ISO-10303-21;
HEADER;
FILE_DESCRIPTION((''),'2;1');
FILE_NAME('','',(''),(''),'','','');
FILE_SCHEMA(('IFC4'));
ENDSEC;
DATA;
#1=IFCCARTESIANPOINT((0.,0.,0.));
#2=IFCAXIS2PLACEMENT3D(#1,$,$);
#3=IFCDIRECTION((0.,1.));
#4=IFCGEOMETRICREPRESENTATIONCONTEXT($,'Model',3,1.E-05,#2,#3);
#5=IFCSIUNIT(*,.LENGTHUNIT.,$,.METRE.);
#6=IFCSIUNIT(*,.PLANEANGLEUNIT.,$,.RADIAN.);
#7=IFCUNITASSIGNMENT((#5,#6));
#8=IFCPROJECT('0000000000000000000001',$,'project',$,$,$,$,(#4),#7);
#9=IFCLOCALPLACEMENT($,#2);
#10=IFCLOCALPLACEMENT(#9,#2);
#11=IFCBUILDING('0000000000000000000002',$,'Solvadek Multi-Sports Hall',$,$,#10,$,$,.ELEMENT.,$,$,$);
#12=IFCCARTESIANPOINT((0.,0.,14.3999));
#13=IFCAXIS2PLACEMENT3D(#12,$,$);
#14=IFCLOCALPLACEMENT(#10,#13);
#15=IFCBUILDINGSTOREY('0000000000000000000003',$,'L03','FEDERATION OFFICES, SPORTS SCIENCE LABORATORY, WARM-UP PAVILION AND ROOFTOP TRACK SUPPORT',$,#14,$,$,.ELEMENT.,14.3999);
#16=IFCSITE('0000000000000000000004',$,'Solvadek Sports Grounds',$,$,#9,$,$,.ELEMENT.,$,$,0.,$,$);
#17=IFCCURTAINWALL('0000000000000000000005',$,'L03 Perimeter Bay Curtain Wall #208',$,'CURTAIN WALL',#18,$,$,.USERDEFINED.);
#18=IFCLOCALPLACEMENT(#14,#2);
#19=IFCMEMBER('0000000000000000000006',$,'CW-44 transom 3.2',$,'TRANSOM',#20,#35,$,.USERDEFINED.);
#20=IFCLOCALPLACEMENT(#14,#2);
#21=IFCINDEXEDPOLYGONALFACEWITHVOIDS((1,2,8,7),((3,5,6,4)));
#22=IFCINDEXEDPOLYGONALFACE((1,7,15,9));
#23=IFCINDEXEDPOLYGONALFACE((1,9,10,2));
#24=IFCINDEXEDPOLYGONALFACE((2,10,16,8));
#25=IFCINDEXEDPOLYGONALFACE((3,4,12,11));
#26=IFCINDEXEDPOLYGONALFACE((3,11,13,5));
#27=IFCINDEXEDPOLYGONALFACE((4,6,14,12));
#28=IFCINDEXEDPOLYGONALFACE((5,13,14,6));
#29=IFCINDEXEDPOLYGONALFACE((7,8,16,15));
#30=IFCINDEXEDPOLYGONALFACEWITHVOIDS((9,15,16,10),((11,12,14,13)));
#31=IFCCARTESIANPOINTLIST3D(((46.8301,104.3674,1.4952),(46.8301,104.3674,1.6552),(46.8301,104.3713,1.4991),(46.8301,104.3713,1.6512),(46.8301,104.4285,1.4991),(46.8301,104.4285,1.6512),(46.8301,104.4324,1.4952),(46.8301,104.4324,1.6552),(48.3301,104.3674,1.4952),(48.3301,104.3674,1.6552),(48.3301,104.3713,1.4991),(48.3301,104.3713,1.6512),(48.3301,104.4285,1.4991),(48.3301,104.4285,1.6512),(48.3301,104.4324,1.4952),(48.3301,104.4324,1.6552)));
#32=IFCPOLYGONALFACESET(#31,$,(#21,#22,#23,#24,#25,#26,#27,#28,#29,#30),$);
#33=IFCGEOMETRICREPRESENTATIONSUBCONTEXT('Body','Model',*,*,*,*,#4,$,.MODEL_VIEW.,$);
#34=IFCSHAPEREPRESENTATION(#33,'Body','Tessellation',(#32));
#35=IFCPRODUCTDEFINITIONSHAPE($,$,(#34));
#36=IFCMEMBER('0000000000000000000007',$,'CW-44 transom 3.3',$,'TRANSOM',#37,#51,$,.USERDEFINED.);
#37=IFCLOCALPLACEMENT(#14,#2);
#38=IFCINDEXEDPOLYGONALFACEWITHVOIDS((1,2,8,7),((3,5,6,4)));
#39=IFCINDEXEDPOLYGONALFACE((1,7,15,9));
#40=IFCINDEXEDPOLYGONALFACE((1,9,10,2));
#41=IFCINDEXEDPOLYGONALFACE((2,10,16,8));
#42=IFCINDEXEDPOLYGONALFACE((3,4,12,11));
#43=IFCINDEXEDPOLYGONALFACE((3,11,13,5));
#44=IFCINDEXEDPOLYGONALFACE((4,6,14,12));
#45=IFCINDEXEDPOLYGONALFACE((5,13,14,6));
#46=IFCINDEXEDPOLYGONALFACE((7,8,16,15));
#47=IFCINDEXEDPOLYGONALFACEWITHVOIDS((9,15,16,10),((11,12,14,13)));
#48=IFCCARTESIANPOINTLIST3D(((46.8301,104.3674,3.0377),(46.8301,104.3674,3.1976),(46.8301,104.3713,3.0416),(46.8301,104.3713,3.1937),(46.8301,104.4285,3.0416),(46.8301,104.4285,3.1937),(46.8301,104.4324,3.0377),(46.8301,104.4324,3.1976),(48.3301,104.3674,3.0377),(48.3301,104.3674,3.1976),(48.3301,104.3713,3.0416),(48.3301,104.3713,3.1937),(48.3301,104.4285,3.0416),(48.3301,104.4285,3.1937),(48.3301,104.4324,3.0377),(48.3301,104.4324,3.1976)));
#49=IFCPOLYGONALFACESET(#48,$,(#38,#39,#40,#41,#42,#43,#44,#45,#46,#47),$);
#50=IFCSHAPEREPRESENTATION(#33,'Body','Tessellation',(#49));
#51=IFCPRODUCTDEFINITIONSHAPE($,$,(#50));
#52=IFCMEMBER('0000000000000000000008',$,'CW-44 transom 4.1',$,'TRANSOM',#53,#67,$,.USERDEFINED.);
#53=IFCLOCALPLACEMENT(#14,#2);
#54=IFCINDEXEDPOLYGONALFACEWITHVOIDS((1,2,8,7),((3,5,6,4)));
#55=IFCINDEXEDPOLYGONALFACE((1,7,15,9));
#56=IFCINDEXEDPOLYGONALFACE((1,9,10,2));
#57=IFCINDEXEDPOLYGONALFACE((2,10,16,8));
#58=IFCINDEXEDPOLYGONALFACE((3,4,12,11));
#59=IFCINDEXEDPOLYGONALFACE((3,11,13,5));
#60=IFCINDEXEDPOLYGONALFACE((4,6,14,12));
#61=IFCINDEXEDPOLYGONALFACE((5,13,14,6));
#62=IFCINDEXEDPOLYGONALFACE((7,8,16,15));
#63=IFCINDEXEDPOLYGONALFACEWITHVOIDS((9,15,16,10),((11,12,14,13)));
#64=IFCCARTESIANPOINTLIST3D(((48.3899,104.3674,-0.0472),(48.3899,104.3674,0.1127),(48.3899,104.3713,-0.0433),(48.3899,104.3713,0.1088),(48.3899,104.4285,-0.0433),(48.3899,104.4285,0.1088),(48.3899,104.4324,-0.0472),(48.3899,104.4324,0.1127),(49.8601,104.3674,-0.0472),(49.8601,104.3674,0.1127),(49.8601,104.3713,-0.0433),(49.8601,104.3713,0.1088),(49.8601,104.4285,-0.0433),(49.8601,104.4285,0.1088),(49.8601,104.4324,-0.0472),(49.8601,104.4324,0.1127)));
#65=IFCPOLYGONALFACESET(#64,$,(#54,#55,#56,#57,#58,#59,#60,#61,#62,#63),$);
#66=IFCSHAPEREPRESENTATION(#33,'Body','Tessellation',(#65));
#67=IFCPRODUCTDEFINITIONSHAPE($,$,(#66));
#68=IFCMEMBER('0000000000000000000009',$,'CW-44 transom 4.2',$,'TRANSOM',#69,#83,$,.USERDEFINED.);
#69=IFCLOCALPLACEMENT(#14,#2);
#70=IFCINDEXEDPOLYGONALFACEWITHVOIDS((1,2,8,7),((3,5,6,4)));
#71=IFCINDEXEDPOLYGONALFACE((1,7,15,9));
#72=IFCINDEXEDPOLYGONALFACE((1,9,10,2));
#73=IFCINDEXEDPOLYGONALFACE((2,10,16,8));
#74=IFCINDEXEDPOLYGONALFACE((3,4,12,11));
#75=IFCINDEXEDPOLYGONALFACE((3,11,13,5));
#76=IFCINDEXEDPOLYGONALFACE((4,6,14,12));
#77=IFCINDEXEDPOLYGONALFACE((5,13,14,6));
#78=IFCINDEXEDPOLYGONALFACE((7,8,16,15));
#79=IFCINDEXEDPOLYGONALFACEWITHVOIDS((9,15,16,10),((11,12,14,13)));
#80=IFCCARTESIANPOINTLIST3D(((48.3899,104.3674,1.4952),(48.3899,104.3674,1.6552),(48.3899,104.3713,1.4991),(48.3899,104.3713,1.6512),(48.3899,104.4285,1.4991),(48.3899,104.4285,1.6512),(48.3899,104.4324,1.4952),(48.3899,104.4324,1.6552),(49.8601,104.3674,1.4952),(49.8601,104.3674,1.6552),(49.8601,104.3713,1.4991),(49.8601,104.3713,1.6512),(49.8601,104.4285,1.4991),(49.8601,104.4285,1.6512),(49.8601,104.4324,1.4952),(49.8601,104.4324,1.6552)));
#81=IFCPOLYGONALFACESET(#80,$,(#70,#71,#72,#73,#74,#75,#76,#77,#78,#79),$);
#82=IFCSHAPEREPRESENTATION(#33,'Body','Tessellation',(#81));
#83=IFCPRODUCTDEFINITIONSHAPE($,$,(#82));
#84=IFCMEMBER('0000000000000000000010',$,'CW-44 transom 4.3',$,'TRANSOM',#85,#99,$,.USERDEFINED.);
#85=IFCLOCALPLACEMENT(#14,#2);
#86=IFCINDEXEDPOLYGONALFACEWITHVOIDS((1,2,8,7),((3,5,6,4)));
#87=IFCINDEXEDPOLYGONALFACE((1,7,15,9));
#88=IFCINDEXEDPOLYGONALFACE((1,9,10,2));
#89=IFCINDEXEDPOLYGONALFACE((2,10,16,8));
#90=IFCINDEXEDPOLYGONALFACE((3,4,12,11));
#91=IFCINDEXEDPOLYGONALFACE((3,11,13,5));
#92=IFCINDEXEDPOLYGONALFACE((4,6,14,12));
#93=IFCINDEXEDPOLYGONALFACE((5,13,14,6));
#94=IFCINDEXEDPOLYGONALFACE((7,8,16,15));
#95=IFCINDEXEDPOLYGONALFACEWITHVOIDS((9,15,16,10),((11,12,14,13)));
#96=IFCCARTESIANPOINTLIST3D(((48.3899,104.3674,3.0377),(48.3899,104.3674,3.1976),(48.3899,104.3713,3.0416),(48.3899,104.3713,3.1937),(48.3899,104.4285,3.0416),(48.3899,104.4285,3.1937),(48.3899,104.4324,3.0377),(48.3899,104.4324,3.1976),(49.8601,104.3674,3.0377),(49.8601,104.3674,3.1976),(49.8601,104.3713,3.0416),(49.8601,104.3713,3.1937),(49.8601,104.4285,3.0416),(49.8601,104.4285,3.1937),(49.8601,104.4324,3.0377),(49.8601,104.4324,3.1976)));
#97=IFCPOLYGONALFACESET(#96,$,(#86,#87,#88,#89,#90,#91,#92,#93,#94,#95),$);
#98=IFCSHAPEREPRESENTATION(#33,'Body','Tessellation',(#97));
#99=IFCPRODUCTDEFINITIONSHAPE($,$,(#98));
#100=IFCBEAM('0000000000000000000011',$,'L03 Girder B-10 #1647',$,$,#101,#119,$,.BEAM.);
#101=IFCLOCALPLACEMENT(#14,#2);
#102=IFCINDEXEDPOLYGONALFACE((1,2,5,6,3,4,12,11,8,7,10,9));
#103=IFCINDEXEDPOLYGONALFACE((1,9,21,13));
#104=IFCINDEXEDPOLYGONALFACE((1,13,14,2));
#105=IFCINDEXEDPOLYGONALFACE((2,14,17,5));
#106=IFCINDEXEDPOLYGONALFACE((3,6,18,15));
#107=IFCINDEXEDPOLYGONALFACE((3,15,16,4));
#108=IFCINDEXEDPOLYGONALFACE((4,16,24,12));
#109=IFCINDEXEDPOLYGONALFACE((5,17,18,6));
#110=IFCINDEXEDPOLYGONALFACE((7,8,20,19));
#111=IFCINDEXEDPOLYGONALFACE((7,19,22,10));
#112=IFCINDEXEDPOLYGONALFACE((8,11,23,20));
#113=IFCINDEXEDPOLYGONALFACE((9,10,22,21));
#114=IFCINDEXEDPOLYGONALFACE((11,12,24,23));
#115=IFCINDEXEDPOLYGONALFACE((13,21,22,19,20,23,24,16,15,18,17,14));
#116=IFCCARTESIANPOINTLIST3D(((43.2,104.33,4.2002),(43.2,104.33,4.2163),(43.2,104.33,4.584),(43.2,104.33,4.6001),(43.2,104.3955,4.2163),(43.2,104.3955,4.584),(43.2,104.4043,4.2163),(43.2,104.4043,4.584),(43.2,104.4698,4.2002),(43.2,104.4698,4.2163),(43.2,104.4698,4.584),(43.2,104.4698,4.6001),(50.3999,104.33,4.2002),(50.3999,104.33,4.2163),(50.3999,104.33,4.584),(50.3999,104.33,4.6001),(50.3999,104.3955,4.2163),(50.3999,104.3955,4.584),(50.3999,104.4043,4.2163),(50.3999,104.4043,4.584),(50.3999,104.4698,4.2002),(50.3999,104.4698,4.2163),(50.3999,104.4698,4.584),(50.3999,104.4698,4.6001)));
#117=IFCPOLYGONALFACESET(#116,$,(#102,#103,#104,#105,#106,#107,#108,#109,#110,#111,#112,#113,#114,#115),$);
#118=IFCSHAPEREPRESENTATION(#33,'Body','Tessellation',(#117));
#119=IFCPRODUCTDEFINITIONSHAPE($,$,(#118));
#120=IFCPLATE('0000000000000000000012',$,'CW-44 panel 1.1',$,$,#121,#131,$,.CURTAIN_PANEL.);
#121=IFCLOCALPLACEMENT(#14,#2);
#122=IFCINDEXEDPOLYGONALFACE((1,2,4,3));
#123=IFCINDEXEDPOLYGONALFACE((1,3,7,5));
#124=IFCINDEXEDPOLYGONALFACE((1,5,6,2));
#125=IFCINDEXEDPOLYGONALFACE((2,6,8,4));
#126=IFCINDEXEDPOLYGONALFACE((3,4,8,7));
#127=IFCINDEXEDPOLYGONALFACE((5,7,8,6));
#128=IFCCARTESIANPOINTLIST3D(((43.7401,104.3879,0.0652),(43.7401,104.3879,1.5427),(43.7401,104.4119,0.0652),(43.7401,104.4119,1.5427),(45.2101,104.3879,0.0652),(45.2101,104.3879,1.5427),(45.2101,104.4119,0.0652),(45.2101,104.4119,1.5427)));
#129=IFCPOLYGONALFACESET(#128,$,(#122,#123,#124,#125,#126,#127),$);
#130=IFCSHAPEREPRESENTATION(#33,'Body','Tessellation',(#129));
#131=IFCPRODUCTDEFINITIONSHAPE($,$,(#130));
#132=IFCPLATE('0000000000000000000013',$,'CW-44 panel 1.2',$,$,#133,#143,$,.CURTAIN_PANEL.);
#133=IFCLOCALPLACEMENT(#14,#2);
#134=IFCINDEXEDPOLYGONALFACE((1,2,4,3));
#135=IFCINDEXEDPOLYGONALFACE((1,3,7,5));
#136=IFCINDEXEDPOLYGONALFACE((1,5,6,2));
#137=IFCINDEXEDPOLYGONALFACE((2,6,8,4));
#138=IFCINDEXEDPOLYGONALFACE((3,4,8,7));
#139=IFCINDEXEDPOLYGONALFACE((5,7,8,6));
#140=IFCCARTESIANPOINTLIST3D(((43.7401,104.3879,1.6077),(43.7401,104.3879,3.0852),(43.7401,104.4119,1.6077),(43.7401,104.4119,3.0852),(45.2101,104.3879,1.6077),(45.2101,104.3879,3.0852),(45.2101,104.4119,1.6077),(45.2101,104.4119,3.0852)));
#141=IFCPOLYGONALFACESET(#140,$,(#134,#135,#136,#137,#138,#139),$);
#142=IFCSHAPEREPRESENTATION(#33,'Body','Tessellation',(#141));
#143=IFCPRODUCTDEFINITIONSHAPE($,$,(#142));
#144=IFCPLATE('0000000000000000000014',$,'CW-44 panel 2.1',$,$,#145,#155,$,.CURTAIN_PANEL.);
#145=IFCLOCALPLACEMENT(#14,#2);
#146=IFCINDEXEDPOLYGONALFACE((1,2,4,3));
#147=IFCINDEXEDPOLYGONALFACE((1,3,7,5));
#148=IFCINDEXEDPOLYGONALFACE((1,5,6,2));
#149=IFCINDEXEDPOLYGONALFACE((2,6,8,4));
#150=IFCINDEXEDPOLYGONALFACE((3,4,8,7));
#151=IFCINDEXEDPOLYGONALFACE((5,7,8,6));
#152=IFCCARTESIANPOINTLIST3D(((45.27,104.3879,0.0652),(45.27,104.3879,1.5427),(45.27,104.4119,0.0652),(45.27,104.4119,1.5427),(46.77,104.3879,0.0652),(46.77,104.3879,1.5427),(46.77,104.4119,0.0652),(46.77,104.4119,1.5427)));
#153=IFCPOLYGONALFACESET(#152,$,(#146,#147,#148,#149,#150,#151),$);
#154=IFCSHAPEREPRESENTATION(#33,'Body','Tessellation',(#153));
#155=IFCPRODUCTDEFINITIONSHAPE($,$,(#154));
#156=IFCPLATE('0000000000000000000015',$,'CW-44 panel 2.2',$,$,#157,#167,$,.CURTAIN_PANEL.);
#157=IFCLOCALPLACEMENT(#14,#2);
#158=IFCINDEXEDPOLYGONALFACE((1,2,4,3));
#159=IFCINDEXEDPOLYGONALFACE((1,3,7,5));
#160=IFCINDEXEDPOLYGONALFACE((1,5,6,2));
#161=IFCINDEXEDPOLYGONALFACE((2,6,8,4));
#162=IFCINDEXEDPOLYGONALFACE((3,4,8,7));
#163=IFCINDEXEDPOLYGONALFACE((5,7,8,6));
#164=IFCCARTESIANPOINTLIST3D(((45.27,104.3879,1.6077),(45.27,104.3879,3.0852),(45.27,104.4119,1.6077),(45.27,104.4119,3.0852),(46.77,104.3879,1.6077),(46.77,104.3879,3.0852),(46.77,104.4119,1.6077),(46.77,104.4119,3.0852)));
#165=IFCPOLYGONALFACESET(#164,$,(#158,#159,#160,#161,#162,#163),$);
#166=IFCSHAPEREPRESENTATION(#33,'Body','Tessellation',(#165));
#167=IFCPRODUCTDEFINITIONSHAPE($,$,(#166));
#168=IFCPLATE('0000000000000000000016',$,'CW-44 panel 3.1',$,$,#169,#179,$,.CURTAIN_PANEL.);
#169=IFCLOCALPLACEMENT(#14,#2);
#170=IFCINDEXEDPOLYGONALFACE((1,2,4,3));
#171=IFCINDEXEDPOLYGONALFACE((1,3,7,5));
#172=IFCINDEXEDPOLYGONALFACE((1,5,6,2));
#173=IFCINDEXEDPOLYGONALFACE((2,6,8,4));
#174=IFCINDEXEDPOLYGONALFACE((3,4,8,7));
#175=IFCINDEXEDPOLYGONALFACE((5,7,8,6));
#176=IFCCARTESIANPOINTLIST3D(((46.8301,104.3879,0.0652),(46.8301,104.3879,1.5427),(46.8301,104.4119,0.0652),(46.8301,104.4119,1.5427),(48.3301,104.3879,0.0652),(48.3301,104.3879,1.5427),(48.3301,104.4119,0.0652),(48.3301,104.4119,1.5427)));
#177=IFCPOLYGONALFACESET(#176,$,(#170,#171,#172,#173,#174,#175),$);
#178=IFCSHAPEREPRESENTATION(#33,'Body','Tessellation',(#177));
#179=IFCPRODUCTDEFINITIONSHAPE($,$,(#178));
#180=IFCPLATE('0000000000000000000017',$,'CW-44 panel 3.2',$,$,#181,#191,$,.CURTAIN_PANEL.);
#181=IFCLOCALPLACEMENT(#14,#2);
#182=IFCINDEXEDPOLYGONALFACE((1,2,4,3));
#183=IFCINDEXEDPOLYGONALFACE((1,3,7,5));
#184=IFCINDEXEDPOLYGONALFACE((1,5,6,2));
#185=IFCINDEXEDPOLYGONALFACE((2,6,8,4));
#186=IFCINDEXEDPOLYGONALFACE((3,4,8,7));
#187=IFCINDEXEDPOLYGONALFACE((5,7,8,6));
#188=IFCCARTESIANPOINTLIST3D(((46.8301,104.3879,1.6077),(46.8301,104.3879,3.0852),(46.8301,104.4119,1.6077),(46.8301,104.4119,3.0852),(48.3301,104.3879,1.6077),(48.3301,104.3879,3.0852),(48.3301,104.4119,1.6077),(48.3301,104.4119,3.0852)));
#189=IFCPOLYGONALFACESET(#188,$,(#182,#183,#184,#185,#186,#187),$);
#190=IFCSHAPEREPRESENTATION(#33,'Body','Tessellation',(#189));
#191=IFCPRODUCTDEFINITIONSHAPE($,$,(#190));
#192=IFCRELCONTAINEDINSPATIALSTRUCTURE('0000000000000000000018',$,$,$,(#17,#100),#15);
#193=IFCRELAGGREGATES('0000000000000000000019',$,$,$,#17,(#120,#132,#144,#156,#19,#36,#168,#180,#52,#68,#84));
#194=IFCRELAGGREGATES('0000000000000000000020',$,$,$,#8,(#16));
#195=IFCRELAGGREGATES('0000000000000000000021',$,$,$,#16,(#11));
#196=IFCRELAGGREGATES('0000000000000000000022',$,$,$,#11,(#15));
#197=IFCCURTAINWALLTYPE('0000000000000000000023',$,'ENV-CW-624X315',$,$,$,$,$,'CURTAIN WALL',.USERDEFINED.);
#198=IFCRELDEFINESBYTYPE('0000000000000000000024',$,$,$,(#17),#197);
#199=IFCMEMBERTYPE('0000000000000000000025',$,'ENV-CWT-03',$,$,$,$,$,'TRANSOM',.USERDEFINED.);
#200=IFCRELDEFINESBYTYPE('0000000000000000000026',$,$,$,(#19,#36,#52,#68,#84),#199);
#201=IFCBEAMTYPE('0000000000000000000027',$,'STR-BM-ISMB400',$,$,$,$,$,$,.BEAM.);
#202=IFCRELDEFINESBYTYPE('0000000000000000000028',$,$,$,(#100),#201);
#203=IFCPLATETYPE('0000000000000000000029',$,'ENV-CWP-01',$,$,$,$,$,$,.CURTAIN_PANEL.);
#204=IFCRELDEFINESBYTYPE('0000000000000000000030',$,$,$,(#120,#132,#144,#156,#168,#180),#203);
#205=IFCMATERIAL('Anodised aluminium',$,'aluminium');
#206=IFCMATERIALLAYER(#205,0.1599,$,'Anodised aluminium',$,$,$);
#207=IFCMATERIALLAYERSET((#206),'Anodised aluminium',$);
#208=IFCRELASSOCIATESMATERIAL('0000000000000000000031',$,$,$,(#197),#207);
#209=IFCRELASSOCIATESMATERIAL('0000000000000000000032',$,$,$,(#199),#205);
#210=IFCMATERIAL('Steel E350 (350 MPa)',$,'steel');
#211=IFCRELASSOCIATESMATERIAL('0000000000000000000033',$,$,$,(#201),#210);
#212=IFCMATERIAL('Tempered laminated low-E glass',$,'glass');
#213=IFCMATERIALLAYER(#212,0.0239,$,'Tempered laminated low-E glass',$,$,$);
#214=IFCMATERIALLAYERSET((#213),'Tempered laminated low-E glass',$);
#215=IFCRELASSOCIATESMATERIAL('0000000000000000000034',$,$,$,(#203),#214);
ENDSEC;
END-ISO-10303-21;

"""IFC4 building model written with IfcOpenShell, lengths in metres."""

from ifc_helpers import new_model, si_unit, direction, frame, origin, origin_2d, place, context, subcontext, project, spatial, rectangle, hollow_rectangle, i_section, extrude, material, layer, layer_set, material_profile, profile_set, type_object, element, aggregate, save


model = new_model("IFC4")

# Units and contexts
model_context = context("Model", 3, precision=1e-05, world=origin(), true_north=direction((0.0, 1.0)))
body_context = subcontext(model_context, "Body", "Model", "MODEL_VIEW")
ifc_project = project(units=[si_unit("LENGTHUNIT", "METRE"), si_unit("PLANEANGLEUNIT", "RADIAN")], contexts=[model_context])

# Site, building, storey
site_placement = place(None, origin())
site = spatial("IfcSite", under=ifc_project, at=site_placement, Name="Solvadek Sports Grounds", CompositionType="ELEMENT", RefElevation=0.0)
building_placement = place(site_placement, origin())
building = spatial("IfcBuilding", under=site, at=building_placement, Name="Solvadek Multi-Sports Hall", CompositionType="ELEMENT")
storey_placement = place(building_placement, frame((0.0, 0.0, 14.3999)))
storey = spatial("IfcBuildingStorey", under=building, at=storey_placement, Name="L03", Description="FEDERATION OFFICES, SPORTS SCIENCE LABORATORY, WARM-UP PAVILION AND ROOFTOP TRACK SUPPORT", CompositionType="ELEMENT", Elevation=14.3999)

# Curtain wall, members
ifc_material_1 = material(Name="Anodised aluminium", Category="aluminium")
ifc_layer_1 = layer(ifc_material_1, 0.1599, Name="Anodised aluminium")
ifc_layer_set_1 = layer_set([ifc_layer_1], Name="Anodised aluminium")
curtain_wall_type = type_object("IfcCurtainWallType", Name="ENV-CW-624X315", ElementType="CURTAIN WALL", PredefinedType="USERDEFINED", material=ifc_layer_set_1)
curtain_wall_placement = place(storey_placement, origin())
curtain_wall = element("IfcCurtainWall", 1, at=curtain_wall_placement, inside=storey, type_object=curtain_wall_type, Name="L03 Perimeter Bay Curtain Wall #208", ObjectType="CURTAIN WALL", PredefinedType="USERDEFINED")
ifc_material_profile_1 = material_profile(ifc_material_1, hollow_rectangle(XDim=0.0649, YDim=0.1599, WallThickness=0.0039, at=origin_2d()), Name="ALU-T 160x65x4")
ifc_profile_set_1 = profile_set([ifc_material_profile_1], Name="Anodised aluminium")
member_type_1 = type_object("IfcMemberType", Name="ENV-CWT-03", ElementType="TRANSOM", PredefinedType="USERDEFINED", material=ifc_profile_set_1)
member_1_placement = place(storey_placement, frame((46.8301, 104.3999, 1.5752), z_axis=(1.0, 0.0, 0.0), x_axis=(0.0, 1.0, 0.0)))
member_1 = element("IfcMember", 2, at=member_1_placement, type_object=member_type_1, Name="CW-44 transom 3.2", ObjectType="TRANSOM", PredefinedType="USERDEFINED", context=body_context, shape_type="SweptSolid", body=[
    extrude(hollow_rectangle(XDim=0.0649, YDim=0.1599, WallThickness=0.0039, at=origin_2d()), origin(), (0.0, 0.0, 1.0), 1.5),
])
member_2_placement = place(storey_placement, frame((46.8301, 104.3999, 3.1177), z_axis=(1.0, 0.0, 0.0), x_axis=(0.0, 1.0, 0.0)))
member_2 = element("IfcMember", 3, at=member_2_placement, type_object=member_type_1, Name="CW-44 transom 3.3", ObjectType="TRANSOM", PredefinedType="USERDEFINED", context=body_context, shape_type="SweptSolid", body=[
    extrude(hollow_rectangle(XDim=0.0649, YDim=0.1599, WallThickness=0.0039, at=origin_2d()), origin(), (0.0, 0.0, 1.0), 1.5),
])
member_3_placement = place(storey_placement, frame((48.3899, 104.3999, 0.0327), z_axis=(1.0, 0.0, 0.0), x_axis=(0.0, 1.0, 0.0)))
member_3 = element("IfcMember", 4, at=member_3_placement, type_object=member_type_1, Name="CW-44 transom 4.1", ObjectType="TRANSOM", PredefinedType="USERDEFINED", context=body_context, shape_type="SweptSolid", body=[
    extrude(hollow_rectangle(XDim=0.0649, YDim=0.1599, WallThickness=0.0039, at=origin_2d()), origin(), (0.0, 0.0, 1.0), 1.4702),
])
member_4_placement = place(storey_placement, frame((48.3899, 104.3999, 1.5752), z_axis=(1.0, 0.0, 0.0), x_axis=(0.0, 1.0, 0.0)))
member_4 = element("IfcMember", 5, at=member_4_placement, type_object=member_type_1, Name="CW-44 transom 4.2", ObjectType="TRANSOM", PredefinedType="USERDEFINED", context=body_context, shape_type="SweptSolid", body=[
    extrude(hollow_rectangle(XDim=0.0649, YDim=0.1599, WallThickness=0.0039, at=origin_2d()), origin(), (0.0, 0.0, 1.0), 1.4702),
])
member_5_placement = place(storey_placement, frame((48.3899, 104.3999, 3.1177), z_axis=(1.0, 0.0, 0.0), x_axis=(0.0, 1.0, 0.0)))
member_5 = element("IfcMember", 6, at=member_5_placement, type_object=member_type_1, Name="CW-44 transom 4.3", ObjectType="TRANSOM", PredefinedType="USERDEFINED", context=body_context, shape_type="SweptSolid", body=[
    extrude(hollow_rectangle(XDim=0.0649, YDim=0.1599, WallThickness=0.0039, at=origin_2d()), origin(), (0.0, 0.0, 1.0), 1.4702),
])

# Beam
ifc_material_2 = material(Name="Steel E350 (350 MPa)", Category="steel")
ifc_material_profile_2 = material_profile(ifc_material_2, i_section(OverallWidth=0.1399, OverallDepth=0.3999, WebThickness=0.0088, FlangeThickness=0.0161, at=origin_2d()), Name="ISMB 400")
ifc_profile_set_2 = profile_set([ifc_material_profile_2], Name="Steel E350 (350 MPa)")
beam_type = type_object("IfcBeamType", Name="STR-BM-ISMB400", PredefinedType="BEAM", material=ifc_profile_set_2)
beam_placement = place(storey_placement, frame((43.2, 104.3999, 4.4001), z_axis=(1.0, 0.0, 0.0), x_axis=(0.0, 1.0, 0.0)))
element("IfcBeam", 7, at=beam_placement, inside=storey, type_object=beam_type, Name="L03 Girder B-10 #1647", PredefinedType="BEAM", context=body_context, shape_type="SweptSolid", body=[
    extrude(i_section(OverallWidth=0.1399, OverallDepth=0.3999, WebThickness=0.0088, FlangeThickness=0.0161, at=origin_2d()), origin(), (0.0, 0.0, 1.0), 7.2),
])

# Plates
ifc_material_3 = material(Name="Tempered laminated low-E glass", Category="glass")
ifc_layer_2 = layer(ifc_material_3, 0.0239, Name="Tempered laminated low-E glass")
ifc_layer_set_2 = layer_set([ifc_layer_2], Name="Tempered laminated low-E glass")
plate_type = type_object("IfcPlateType", Name="ENV-CWP-01", PredefinedType="CURTAIN_PANEL", material=ifc_layer_set_2)
plate_1_placement = place(storey_placement, frame((44.4751, 104.3999, 0.0652), z_axis=(0.0, 0.0, 1.0), x_axis=(1.0, 0.0, 0.0)))
plate_1 = element("IfcPlate", 8, at=plate_1_placement, type_object=plate_type, Name="CW-44 panel 1.1", PredefinedType="CURTAIN_PANEL", context=body_context, shape_type="SweptSolid", body=[
    extrude(rectangle(XDim=1.47, YDim=0.0239, at=origin_2d()), origin(), (0.0, 0.0, 1.0), 1.4775),
])
plate_2_placement = place(storey_placement, frame((44.4751, 104.3999, 1.6077), z_axis=(0.0, 0.0, 1.0), x_axis=(1.0, 0.0, 0.0)))
plate_2 = element("IfcPlate", 9, at=plate_2_placement, type_object=plate_type, Name="CW-44 panel 1.2", PredefinedType="CURTAIN_PANEL", context=body_context, shape_type="SweptSolid", body=[
    extrude(rectangle(XDim=1.47, YDim=0.0239, at=origin_2d()), origin(), (0.0, 0.0, 1.0), 1.4775),
])
plate_3_placement = place(storey_placement, frame((46.02, 104.3999, 0.0652), z_axis=(0.0, 0.0, 1.0), x_axis=(1.0, 0.0, 0.0)))
plate_3 = element("IfcPlate", 10, at=plate_3_placement, type_object=plate_type, Name="CW-44 panel 2.1", PredefinedType="CURTAIN_PANEL", context=body_context, shape_type="SweptSolid", body=[
    extrude(rectangle(XDim=1.5, YDim=0.0239, at=origin_2d()), origin(), (0.0, 0.0, 1.0), 1.4775),
])
plate_4_placement = place(storey_placement, frame((46.02, 104.3999, 1.6077), z_axis=(0.0, 0.0, 1.0), x_axis=(1.0, 0.0, 0.0)))
plate_4 = element("IfcPlate", 11, at=plate_4_placement, type_object=plate_type, Name="CW-44 panel 2.2", PredefinedType="CURTAIN_PANEL", context=body_context, shape_type="SweptSolid", body=[
    extrude(rectangle(XDim=1.5, YDim=0.0239, at=origin_2d()), origin(), (0.0, 0.0, 1.0), 1.4775),
])
plate_5_placement = place(storey_placement, frame((47.5801, 104.3999, 0.0652), z_axis=(0.0, 0.0, 1.0), x_axis=(1.0, 0.0, 0.0)))
plate_5 = element("IfcPlate", 12, at=plate_5_placement, type_object=plate_type, Name="CW-44 panel 3.1", PredefinedType="CURTAIN_PANEL", context=body_context, shape_type="SweptSolid", body=[
    extrude(rectangle(XDim=1.5, YDim=0.0239, at=origin_2d()), origin(), (0.0, 0.0, 1.0), 1.4775),
])
plate_6_placement = place(storey_placement, frame((47.5801, 104.3999, 1.6077), z_axis=(0.0, 0.0, 1.0), x_axis=(1.0, 0.0, 0.0)))
plate_6 = element("IfcPlate", 13, at=plate_6_placement, type_object=plate_type, Name="CW-44 panel 3.2", PredefinedType="CURTAIN_PANEL", context=body_context, shape_type="SweptSolid", body=[
    extrude(rectangle(XDim=1.5, YDim=0.0239, at=origin_2d()), origin(), (0.0, 0.0, 1.0), 1.4775),
])
aggregate(curtain_wall, [plate_1, plate_2, plate_3, plate_4, member_1, member_2, plate_5, plate_6, member_3, member_4, member_5])

save(model, "model.ifc")
